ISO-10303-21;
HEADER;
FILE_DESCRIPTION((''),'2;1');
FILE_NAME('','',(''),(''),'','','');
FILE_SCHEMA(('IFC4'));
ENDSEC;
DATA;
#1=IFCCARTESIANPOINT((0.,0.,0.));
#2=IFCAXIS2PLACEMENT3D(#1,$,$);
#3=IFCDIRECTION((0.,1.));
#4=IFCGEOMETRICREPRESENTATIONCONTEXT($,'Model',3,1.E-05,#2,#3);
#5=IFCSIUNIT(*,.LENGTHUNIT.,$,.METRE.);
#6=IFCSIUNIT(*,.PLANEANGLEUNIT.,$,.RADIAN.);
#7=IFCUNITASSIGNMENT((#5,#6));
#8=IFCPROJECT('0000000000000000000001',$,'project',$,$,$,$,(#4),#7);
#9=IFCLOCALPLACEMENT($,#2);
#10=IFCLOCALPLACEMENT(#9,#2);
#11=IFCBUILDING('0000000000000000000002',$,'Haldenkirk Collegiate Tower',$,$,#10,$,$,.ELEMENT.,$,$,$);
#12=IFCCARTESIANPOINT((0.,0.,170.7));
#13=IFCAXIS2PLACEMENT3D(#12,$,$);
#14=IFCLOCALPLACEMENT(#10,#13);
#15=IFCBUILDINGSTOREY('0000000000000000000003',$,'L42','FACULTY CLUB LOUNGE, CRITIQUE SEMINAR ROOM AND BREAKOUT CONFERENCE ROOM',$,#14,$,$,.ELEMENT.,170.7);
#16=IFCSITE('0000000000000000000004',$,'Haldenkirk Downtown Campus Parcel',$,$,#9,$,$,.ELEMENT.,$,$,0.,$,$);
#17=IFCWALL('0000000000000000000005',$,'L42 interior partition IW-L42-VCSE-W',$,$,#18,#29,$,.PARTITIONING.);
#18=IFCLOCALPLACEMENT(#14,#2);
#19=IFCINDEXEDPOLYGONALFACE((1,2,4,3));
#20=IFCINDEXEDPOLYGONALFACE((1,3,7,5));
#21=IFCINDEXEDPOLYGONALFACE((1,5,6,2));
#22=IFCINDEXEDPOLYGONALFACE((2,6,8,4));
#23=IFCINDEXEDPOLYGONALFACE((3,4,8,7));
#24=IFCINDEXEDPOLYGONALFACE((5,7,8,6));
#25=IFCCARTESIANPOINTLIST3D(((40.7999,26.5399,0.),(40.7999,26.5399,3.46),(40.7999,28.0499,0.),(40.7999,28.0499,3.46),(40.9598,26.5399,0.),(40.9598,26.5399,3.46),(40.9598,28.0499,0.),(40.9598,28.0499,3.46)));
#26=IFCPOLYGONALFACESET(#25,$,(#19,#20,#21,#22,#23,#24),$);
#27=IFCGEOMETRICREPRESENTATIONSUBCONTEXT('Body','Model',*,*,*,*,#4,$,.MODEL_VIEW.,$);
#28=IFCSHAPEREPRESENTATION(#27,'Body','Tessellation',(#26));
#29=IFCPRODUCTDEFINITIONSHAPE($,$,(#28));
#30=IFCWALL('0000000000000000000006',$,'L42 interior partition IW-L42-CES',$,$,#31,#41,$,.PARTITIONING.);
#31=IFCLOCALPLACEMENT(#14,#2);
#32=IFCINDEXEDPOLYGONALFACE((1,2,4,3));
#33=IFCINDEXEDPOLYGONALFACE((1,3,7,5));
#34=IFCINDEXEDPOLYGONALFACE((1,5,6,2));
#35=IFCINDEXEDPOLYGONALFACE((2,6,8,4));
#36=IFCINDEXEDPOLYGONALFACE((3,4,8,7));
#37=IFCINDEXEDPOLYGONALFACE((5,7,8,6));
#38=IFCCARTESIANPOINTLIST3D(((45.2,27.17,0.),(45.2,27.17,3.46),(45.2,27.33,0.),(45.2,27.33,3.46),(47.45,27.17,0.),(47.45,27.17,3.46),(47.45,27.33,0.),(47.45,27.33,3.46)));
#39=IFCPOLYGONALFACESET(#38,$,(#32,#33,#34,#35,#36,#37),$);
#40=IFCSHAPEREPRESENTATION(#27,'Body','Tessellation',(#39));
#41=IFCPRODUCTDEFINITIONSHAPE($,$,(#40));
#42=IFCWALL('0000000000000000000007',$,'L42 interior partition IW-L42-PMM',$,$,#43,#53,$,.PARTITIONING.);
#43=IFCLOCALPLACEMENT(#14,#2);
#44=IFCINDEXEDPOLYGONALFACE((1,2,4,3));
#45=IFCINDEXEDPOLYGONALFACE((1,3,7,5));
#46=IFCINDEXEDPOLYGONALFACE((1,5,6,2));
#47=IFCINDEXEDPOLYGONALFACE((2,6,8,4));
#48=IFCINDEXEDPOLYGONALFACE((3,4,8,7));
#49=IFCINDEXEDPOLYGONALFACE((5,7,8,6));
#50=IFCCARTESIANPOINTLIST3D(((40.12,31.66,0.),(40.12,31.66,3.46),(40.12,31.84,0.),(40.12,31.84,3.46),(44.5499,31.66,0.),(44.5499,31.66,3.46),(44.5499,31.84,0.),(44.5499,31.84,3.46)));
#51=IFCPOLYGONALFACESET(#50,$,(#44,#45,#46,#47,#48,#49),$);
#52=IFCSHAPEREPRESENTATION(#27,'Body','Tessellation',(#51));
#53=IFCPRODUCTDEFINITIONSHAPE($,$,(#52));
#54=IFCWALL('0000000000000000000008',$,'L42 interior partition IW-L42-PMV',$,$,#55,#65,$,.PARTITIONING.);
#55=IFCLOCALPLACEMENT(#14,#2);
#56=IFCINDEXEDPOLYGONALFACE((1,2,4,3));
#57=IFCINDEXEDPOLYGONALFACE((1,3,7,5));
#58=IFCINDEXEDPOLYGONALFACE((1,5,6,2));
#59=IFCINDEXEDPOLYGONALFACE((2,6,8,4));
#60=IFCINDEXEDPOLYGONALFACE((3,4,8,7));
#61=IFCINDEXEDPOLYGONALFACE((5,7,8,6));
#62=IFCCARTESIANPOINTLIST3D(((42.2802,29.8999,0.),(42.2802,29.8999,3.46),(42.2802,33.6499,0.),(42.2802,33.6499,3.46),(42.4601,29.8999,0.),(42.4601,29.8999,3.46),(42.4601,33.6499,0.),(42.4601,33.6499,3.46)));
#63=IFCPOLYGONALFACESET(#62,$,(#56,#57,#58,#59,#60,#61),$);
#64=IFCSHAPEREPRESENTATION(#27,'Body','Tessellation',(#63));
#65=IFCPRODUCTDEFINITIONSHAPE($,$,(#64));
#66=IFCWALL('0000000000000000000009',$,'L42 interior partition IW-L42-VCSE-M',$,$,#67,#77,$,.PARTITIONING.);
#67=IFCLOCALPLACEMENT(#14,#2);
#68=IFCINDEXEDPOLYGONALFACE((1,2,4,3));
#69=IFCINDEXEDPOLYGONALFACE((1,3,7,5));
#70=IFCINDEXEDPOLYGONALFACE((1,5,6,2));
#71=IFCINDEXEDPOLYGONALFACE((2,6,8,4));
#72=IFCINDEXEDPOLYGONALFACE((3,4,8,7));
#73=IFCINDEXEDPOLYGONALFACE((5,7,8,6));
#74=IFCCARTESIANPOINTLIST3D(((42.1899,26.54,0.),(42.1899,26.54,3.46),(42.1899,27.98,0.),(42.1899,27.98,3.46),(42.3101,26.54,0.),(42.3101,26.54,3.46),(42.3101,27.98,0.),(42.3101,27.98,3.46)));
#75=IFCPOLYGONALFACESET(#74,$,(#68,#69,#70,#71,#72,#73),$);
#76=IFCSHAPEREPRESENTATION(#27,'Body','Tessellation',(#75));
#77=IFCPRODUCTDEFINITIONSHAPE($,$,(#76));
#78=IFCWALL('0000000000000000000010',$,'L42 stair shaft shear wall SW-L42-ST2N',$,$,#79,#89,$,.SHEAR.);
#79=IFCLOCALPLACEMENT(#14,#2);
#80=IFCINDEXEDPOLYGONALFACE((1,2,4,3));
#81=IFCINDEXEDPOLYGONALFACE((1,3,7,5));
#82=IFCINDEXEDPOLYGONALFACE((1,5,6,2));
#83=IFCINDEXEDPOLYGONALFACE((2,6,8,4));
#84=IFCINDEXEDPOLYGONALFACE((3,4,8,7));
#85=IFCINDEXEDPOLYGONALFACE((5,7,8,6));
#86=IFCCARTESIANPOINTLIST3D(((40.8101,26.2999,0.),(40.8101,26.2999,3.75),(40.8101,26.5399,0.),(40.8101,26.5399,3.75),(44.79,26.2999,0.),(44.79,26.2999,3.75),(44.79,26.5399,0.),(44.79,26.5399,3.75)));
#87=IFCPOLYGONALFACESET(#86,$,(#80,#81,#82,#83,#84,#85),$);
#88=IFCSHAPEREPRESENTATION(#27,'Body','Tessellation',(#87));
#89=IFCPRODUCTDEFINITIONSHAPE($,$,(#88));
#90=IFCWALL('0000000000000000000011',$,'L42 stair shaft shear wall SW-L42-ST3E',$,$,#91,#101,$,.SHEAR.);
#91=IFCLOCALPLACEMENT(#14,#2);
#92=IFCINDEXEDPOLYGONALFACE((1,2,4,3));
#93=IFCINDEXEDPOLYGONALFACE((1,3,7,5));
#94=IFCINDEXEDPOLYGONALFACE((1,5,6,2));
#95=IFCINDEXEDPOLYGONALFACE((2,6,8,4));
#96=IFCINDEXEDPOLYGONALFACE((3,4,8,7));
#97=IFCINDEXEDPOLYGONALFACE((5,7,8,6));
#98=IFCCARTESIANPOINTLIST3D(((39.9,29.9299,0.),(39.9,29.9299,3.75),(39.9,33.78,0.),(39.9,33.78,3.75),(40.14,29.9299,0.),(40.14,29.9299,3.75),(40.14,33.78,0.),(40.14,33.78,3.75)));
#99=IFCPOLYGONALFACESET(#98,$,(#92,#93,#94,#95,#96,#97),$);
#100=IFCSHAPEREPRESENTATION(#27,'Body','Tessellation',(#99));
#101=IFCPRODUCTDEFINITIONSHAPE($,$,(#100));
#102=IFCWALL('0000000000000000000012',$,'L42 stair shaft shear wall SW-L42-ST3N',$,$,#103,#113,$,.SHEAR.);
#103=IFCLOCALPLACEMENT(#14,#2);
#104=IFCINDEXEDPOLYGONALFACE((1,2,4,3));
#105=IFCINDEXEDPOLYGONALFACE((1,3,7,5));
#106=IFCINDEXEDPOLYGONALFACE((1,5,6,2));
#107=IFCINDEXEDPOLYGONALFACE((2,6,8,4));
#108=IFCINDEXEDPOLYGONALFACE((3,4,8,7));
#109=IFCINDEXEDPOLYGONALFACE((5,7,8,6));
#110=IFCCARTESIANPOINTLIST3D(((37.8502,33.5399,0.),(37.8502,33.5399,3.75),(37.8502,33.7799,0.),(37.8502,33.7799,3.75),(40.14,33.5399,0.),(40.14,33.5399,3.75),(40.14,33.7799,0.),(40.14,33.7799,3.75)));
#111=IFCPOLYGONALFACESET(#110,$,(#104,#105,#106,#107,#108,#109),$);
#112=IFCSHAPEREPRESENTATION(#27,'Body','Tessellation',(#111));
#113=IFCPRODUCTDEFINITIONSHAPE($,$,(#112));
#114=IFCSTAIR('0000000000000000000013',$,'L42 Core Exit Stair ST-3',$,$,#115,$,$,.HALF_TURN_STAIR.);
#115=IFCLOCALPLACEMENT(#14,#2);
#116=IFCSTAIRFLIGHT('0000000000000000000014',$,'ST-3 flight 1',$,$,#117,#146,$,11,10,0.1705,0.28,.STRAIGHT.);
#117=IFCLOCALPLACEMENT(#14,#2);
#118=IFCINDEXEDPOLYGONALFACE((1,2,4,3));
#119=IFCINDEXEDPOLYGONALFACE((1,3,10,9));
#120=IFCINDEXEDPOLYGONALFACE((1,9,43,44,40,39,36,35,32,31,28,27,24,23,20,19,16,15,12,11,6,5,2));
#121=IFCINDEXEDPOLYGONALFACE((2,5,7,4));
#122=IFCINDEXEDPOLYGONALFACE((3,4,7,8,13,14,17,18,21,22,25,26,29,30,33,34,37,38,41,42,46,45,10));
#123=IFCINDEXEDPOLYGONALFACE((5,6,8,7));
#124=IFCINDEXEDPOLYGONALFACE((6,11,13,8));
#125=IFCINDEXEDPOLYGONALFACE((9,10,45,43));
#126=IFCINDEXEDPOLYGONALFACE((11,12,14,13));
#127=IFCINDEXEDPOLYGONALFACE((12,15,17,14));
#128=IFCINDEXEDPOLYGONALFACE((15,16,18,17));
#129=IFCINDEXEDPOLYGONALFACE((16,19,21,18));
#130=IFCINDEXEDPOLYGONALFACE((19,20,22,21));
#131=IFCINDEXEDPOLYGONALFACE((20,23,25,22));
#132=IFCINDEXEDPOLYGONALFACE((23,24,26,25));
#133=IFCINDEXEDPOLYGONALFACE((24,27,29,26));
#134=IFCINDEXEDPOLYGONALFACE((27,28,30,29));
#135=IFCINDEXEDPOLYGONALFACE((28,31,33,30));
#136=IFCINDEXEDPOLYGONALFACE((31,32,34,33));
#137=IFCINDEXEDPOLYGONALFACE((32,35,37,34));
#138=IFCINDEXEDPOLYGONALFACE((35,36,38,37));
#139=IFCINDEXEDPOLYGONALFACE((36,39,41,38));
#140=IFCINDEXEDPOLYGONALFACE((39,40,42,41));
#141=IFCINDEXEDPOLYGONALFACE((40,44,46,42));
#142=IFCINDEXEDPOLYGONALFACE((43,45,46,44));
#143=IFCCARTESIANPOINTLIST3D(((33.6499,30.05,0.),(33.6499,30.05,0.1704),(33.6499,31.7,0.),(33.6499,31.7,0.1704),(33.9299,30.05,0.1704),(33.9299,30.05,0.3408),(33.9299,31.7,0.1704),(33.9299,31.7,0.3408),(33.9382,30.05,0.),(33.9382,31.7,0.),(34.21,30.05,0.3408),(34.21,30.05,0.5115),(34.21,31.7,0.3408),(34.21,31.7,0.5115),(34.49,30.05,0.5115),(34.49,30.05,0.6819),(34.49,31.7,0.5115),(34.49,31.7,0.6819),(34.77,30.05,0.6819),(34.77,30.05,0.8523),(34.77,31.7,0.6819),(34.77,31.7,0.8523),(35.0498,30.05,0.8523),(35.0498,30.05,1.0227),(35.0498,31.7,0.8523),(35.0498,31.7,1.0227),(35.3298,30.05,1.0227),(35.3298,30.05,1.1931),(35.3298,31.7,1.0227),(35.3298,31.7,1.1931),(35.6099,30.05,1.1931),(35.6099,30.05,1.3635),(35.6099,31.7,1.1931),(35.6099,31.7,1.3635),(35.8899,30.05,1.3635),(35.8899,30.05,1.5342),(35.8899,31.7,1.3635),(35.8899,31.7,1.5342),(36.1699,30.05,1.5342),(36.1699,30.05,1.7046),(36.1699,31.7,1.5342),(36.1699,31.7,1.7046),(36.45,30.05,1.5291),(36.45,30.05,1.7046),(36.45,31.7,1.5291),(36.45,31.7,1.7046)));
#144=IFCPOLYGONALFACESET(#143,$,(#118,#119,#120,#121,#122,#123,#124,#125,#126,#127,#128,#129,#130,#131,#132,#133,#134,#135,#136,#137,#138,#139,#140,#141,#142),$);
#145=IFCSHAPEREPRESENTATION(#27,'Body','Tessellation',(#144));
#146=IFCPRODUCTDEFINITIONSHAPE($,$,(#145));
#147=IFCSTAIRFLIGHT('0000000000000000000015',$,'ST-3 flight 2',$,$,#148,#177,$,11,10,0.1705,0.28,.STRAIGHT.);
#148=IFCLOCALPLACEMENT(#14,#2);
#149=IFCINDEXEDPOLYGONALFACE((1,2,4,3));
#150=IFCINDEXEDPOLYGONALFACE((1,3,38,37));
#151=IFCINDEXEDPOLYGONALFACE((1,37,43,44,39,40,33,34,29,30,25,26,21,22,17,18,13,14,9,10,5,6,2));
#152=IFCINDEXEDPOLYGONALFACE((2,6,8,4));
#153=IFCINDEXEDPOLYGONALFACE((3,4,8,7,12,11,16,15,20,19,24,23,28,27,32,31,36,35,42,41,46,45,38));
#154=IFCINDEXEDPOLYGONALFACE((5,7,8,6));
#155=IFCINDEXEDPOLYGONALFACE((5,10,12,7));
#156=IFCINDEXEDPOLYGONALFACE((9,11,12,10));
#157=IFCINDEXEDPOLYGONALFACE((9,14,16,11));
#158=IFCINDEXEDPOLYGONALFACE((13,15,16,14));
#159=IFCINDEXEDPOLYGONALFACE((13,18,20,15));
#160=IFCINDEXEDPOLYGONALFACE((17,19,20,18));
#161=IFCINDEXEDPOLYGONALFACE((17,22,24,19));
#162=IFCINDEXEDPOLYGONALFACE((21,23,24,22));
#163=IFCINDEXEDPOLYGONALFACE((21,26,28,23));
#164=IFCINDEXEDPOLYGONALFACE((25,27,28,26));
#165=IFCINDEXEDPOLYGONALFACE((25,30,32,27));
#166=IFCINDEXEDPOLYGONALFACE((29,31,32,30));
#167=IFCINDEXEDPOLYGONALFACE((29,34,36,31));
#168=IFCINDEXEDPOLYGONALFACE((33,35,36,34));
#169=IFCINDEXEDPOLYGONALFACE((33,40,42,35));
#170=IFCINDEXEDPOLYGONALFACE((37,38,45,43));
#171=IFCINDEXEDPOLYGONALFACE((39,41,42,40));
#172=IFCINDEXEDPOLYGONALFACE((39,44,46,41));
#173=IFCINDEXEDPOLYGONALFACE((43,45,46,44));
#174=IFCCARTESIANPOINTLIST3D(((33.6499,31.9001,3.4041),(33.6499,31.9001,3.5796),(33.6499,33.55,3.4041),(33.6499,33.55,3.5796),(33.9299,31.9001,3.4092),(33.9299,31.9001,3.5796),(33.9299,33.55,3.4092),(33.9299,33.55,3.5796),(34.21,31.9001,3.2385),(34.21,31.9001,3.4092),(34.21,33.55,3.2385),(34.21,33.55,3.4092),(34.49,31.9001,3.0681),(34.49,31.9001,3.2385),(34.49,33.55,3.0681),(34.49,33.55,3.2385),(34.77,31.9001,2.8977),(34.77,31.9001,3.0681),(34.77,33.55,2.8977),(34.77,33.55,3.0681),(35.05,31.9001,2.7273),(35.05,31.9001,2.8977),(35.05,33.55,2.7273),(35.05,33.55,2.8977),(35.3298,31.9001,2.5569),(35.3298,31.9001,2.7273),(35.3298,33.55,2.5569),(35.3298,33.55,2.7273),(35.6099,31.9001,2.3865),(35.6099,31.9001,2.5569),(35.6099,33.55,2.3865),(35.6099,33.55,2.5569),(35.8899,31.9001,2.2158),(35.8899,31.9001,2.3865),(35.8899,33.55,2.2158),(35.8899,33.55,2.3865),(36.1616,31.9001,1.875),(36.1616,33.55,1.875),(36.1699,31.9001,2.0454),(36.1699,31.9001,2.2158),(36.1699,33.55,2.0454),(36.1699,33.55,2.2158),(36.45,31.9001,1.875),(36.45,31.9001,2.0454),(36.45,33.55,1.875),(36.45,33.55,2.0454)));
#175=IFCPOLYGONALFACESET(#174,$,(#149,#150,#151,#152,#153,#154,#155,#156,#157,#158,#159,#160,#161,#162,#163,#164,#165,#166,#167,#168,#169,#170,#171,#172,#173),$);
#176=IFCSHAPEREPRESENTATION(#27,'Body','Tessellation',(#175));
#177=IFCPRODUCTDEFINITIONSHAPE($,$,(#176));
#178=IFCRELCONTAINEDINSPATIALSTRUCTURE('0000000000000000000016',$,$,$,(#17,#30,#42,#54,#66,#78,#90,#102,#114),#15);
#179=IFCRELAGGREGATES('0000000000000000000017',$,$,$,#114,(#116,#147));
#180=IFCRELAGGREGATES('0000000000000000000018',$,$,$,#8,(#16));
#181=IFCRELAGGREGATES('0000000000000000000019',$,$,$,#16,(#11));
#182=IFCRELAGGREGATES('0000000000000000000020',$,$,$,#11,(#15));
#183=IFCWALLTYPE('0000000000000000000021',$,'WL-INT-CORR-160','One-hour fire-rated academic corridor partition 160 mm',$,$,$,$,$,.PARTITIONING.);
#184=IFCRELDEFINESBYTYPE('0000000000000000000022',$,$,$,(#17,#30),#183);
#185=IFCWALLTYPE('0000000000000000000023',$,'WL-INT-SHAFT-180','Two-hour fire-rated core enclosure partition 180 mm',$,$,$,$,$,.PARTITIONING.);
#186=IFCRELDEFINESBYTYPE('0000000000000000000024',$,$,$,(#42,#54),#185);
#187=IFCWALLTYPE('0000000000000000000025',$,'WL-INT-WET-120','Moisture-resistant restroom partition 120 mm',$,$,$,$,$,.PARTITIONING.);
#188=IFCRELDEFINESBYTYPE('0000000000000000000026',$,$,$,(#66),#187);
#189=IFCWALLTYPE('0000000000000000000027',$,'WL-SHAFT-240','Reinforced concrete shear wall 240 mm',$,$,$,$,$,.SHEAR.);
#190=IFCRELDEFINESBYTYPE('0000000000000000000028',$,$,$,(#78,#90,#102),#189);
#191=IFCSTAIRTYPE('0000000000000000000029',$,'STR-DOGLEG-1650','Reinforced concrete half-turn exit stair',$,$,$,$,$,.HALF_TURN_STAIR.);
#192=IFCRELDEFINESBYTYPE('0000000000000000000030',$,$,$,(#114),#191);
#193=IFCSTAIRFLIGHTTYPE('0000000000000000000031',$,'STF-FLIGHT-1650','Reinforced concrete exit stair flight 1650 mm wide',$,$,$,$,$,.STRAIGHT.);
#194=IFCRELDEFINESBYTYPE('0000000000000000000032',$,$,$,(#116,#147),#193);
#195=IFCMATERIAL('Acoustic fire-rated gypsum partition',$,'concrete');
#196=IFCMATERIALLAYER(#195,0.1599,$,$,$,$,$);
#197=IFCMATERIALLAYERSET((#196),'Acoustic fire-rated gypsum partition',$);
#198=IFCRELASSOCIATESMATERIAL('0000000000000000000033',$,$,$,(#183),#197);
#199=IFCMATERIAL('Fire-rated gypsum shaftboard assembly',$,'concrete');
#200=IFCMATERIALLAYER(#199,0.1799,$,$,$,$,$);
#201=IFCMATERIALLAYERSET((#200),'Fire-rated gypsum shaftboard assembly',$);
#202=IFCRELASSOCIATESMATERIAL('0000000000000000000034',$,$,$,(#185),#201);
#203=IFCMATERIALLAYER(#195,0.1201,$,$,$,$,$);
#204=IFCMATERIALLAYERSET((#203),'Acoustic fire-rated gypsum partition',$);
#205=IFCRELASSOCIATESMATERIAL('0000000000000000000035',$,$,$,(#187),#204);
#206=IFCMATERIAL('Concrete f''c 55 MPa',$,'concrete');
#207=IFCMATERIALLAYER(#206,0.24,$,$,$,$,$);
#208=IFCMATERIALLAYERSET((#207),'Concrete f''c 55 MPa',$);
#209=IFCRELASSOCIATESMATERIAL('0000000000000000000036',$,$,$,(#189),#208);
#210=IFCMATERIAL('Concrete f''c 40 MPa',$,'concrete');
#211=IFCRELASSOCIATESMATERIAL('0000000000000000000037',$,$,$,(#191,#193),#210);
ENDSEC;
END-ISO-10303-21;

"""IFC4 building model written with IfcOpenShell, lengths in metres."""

from ifc_helpers import new_model, si_unit, direction, frame, frame_2d, origin, place, context, subcontext, project, spatial, polyline, rectangle, outline, extrude, material, layer, layer_set, type_object, element, aggregate, save


model = new_model("IFC4")

# Units and contexts
model_context = context("Model", 3, precision=1e-05, world=origin(), true_north=direction((0.0, 1.0)))
body_context = subcontext(model_context, "Body", "Model", "MODEL_VIEW")
ifc_project = project(units=[si_unit("LENGTHUNIT", "METRE"), si_unit("PLANEANGLEUNIT", "RADIAN")], contexts=[model_context])

# Site, building, storey
site_placement = place(None, origin())
site = spatial("IfcSite", under=ifc_project, at=site_placement, Name="Haldenkirk Downtown Campus Parcel", CompositionType="ELEMENT", RefElevation=0.0)
building_placement = place(site_placement, origin())
building = spatial("IfcBuilding", under=site, at=building_placement, Name="Haldenkirk Collegiate Tower", CompositionType="ELEMENT")
storey_placement = place(building_placement, frame((0.0, 0.0, 170.7)))
storey = spatial("IfcBuildingStorey", under=building, at=storey_placement, Name="L42", Description="FACULTY CLUB LOUNGE, CRITIQUE SEMINAR ROOM AND BREAKOUT CONFERENCE ROOM", CompositionType="ELEMENT", Elevation=170.7)

# Shared definitions
ifc_material_1 = material(Name="Acoustic fire-rated gypsum partition", Category="concrete")
ifc_layer_1 = layer(ifc_material_1, 0.1599)
ifc_layer_set_1 = layer_set([ifc_layer_1], Name="Acoustic fire-rated gypsum partition")
wall_type_1 = type_object("IfcWallType", Name="WL-INT-CORR-160", Description="One-hour fire-rated academic corridor partition 160 mm", PredefinedType="PARTITIONING", material=ifc_layer_set_1)

# Walls
wall_1_placement = place(storey_placement, frame((40.8799, 26.54, 0.0), z_axis=(0.0, 0.0, 1.0), x_axis=(0.0, 1.0, 0.0)))
element("IfcWall", 1, at=wall_1_placement, inside=storey, type_object=wall_type_1, Name="L42 interior partition IW-L42-VCSE-W", PredefinedType="PARTITIONING", context=body_context, shape_type="SweptSolid", body=[
    extrude(rectangle(XDim=1.51, YDim=0.1599, at=frame_2d((0.7549, 0.0))), origin(), (0.0, 0.0, 1.0), 3.46),
])
wall_2_placement = place(storey_placement, frame((45.2, 27.25, 0.0), z_axis=(0.0, 0.0, 1.0), x_axis=(1.0, 0.0, 0.0)))
element("IfcWall", 2, at=wall_2_placement, inside=storey, type_object=wall_type_1, Name="L42 interior partition IW-L42-CES", PredefinedType="PARTITIONING", context=body_context, shape_type="SweptSolid", body=[
    extrude(rectangle(XDim=2.25, YDim=0.1599, at=frame_2d((1.125, 0.0))), origin(), (0.0, 0.0, 1.0), 3.46),
])

# Shared definitions
ifc_material_2 = material(Name="Fire-rated gypsum shaftboard assembly", Category="concrete")
ifc_layer_2 = layer(ifc_material_2, 0.1799)
ifc_layer_set_2 = layer_set([ifc_layer_2], Name="Fire-rated gypsum shaftboard assembly")
wall_type_2 = type_object("IfcWallType", Name="WL-INT-SHAFT-180", Description="Two-hour fire-rated core enclosure partition 180 mm", PredefinedType="PARTITIONING", material=ifc_layer_set_2)

# Walls
wall_3_placement = place(storey_placement, frame((40.1201, 31.75, 0.0), z_axis=(0.0, 0.0, 1.0), x_axis=(1.0, 0.0, 0.0)))
element("IfcWall", 3, at=wall_3_placement, inside=storey, type_object=wall_type_2, Name="L42 interior partition IW-L42-PMM", PredefinedType="PARTITIONING", context=body_context, shape_type="SweptSolid", body=[
    extrude(rectangle(XDim=4.4299, YDim=0.1799, at=frame_2d((2.2148, 0.0))), origin(), (0.0, 0.0, 1.0), 3.46),
])
wall_4_placement = place(storey_placement, frame((42.3701, 29.8999, 0.0), z_axis=(0.0, 0.0, 1.0), x_axis=(0.0, 1.0, 0.0)))
element("IfcWall", 4, at=wall_4_placement, inside=storey, type_object=wall_type_2, Name="L42 interior partition IW-L42-PMV", PredefinedType="PARTITIONING", context=body_context, shape_type="SweptSolid", body=[
    extrude(rectangle(XDim=3.75, YDim=0.1799, at=frame_2d((1.875, 0.0))), origin(), (0.0, 0.0, 1.0), 3.46),
])
ifc_layer_3 = layer(ifc_material_1, 0.1201)
ifc_layer_set_3 = layer_set([ifc_layer_3], Name="Acoustic fire-rated gypsum partition")
wall_type_3 = type_object("IfcWallType", Name="WL-INT-WET-120", Description="Moisture-resistant restroom partition 120 mm", PredefinedType="PARTITIONING", material=ifc_layer_set_3)
wall_5_placement = place(storey_placement, frame((42.25, 26.54, 0.0), z_axis=(0.0, 0.0, 1.0), x_axis=(0.0, 1.0, 0.0)))
element("IfcWall", 5, at=wall_5_placement, inside=storey, type_object=wall_type_3, Name="L42 interior partition IW-L42-VCSE-M", PredefinedType="PARTITIONING", context=body_context, shape_type="SweptSolid", body=[
    extrude(rectangle(XDim=1.4399, YDim=0.1201, at=frame_2d((0.72, 0.0))), origin(), (0.0, 0.0, 1.0), 3.46),
])
ifc_material_3 = material(Name="Concrete f'c 55 MPa", Category="concrete")
ifc_layer_4 = layer(ifc_material_3, 0.24)
ifc_layer_set_4 = layer_set([ifc_layer_4], Name="Concrete f'c 55 MPa")
wall_type_4 = type_object("IfcWallType", Name="WL-SHAFT-240", Description="Reinforced concrete shear wall 240 mm", PredefinedType="SHEAR", material=ifc_layer_set_4)
wall_6_placement = place(storey_placement, frame((40.8101, 26.4199, 0.0), z_axis=(0.0, 0.0, 1.0), x_axis=(1.0, 0.0, 0.0)))
element("IfcWall", 6, at=wall_6_placement, inside=storey, type_object=wall_type_4, Name="L42 stair shaft shear wall SW-L42-ST2N", PredefinedType="SHEAR", context=body_context, shape_type="SweptSolid", body=[
    extrude(rectangle(XDim=3.98, YDim=0.24, at=frame_2d((1.99, 0.0))), origin(), (0.0, 0.0, 1.0), 3.75),
])
wall_7_placement = place(storey_placement, frame((40.02, 29.9299, 0.0), z_axis=(0.0, 0.0, 1.0), x_axis=(0.0, 1.0, 0.0)))
element("IfcWall", 7, at=wall_7_placement, inside=storey, type_object=wall_type_4, Name="L42 stair shaft shear wall SW-L42-ST3E", PredefinedType="SHEAR", context=body_context, shape_type="SweptSolid", body=[
    extrude(rectangle(XDim=3.8501, YDim=0.24, at=frame_2d((1.925, 0.0))), origin(), (0.0, 0.0, 1.0), 3.75),
])
wall_8_placement = place(storey_placement, frame((37.8501, 33.6599, 0.0), z_axis=(0.0, 0.0, 1.0), x_axis=(1.0, 0.0, 0.0)))
element("IfcWall", 8, at=wall_8_placement, inside=storey, type_object=wall_type_4, Name="L42 stair shaft shear wall SW-L42-ST3N", PredefinedType="SHEAR", context=body_context, shape_type="SweptSolid", body=[
    extrude(rectangle(XDim=2.2898, YDim=0.24, at=frame_2d((1.145, 0.0))), origin(), (0.0, 0.0, 1.0), 3.75),
])

# Stair, stair flights
ifc_material_4 = material(Name="Concrete f'c 40 MPa", Category="concrete")
stair_type = type_object("IfcStairType", Name="STR-DOGLEG-1650", Description="Reinforced concrete half-turn exit stair", PredefinedType="HALF_TURN_STAIR", material=ifc_material_4)
stair_placement = place(storey_placement, origin())
stair = element("IfcStair", 9, at=stair_placement, inside=storey, type_object=stair_type, Name="L42 Core Exit Stair ST-3", PredefinedType="HALF_TURN_STAIR")
stair_flight_type = type_object("IfcStairFlightType", Name="STF-FLIGHT-1650", Description="Reinforced concrete exit stair flight 1650 mm wide", PredefinedType="STRAIGHT", material=ifc_material_4)
stair_flight_1_placement = place(storey_placement, frame((33.6499, 30.875, 0.0), z_axis=(0.0, 0.0, 1.0), x_axis=(1.0, 0.0, 0.0)))
stair_flight_1 = element("IfcStairFlight", 10, at=stair_flight_1_placement, type_object=stair_flight_type, Name="ST-3 flight 1", NumberOfRisers=11, NumberOfTreads=10, PredefinedType="STRAIGHT", RiserHeight=0.1705, TreadLength=0.28, context=body_context, shape_type="SweptSolid", body=[
    extrude(outline(polyline([(0.0, 0.0), (0.0, 0.1704), (0.28, 0.1704), (0.28, 0.3408), (0.5601, 0.3408), (0.5601, 0.5115), (0.8401, 0.5115), (0.8401, 0.6819), (1.1201, 0.6819), (1.1201, 0.8523), (1.3999, 0.8523), (1.3999, 1.0227), (1.6799, 1.0227), (1.6799, 1.1931), (1.96, 1.1931), (1.96, 1.3635), (2.24, 1.3635), (2.24, 1.5342), (2.52, 1.5342), (2.52, 1.7046), (2.8, 1.7046), (2.8, 1.875), (2.8, 1.5291), (0.2883, 0.0), (0.0, 0.0)])), frame((0.0, 0.825, 0.0), z_axis=(0.0, -1.0, 0.0), x_axis=(1.0, 0.0, 0.0)), (0.0, 0.0, 1.0), 1.6499),
])
stair_flight_2_placement = place(storey_placement, frame((36.45, 32.7251, 1.875), z_axis=(0.0, 0.0, 1.0), x_axis=(-1.0, 0.0, 0.0)))
stair_flight_2 = element("IfcStairFlight", 11, at=stair_flight_2_placement, type_object=stair_flight_type, Name="ST-3 flight 2", NumberOfRisers=11, NumberOfTreads=10, PredefinedType="STRAIGHT", RiserHeight=0.1705, TreadLength=0.28, context=body_context, shape_type="SweptSolid", body=[
    extrude(outline(polyline([(0.0, 0.0), (0.0, 0.1704), (0.28, 0.1704), (0.28, 0.3408), (0.5601, 0.3408), (0.5601, 0.5115), (0.8401, 0.5115), (0.8401, 0.6819), (1.1201, 0.6819), (1.1201, 0.8523), (1.3999, 0.8523), (1.3999, 1.0227), (1.6799, 1.0227), (1.6799, 1.1931), (1.96, 1.1931), (1.96, 1.3635), (2.24, 1.3635), (2.24, 1.5342), (2.52, 1.5342), (2.52, 1.7046), (2.8, 1.7046), (2.8, 1.875), (2.8, 1.5291), (0.2883, 0.0), (0.0, 0.0)])), frame((0.0, 0.825, 0.0), z_axis=(0.0, -1.0, 0.0), x_axis=(1.0, 0.0, 0.0)), (0.0, 0.0, 1.0), 1.6499),
])
aggregate(stair, [stair_flight_1, stair_flight_2])

save(model, "model.ifc")
